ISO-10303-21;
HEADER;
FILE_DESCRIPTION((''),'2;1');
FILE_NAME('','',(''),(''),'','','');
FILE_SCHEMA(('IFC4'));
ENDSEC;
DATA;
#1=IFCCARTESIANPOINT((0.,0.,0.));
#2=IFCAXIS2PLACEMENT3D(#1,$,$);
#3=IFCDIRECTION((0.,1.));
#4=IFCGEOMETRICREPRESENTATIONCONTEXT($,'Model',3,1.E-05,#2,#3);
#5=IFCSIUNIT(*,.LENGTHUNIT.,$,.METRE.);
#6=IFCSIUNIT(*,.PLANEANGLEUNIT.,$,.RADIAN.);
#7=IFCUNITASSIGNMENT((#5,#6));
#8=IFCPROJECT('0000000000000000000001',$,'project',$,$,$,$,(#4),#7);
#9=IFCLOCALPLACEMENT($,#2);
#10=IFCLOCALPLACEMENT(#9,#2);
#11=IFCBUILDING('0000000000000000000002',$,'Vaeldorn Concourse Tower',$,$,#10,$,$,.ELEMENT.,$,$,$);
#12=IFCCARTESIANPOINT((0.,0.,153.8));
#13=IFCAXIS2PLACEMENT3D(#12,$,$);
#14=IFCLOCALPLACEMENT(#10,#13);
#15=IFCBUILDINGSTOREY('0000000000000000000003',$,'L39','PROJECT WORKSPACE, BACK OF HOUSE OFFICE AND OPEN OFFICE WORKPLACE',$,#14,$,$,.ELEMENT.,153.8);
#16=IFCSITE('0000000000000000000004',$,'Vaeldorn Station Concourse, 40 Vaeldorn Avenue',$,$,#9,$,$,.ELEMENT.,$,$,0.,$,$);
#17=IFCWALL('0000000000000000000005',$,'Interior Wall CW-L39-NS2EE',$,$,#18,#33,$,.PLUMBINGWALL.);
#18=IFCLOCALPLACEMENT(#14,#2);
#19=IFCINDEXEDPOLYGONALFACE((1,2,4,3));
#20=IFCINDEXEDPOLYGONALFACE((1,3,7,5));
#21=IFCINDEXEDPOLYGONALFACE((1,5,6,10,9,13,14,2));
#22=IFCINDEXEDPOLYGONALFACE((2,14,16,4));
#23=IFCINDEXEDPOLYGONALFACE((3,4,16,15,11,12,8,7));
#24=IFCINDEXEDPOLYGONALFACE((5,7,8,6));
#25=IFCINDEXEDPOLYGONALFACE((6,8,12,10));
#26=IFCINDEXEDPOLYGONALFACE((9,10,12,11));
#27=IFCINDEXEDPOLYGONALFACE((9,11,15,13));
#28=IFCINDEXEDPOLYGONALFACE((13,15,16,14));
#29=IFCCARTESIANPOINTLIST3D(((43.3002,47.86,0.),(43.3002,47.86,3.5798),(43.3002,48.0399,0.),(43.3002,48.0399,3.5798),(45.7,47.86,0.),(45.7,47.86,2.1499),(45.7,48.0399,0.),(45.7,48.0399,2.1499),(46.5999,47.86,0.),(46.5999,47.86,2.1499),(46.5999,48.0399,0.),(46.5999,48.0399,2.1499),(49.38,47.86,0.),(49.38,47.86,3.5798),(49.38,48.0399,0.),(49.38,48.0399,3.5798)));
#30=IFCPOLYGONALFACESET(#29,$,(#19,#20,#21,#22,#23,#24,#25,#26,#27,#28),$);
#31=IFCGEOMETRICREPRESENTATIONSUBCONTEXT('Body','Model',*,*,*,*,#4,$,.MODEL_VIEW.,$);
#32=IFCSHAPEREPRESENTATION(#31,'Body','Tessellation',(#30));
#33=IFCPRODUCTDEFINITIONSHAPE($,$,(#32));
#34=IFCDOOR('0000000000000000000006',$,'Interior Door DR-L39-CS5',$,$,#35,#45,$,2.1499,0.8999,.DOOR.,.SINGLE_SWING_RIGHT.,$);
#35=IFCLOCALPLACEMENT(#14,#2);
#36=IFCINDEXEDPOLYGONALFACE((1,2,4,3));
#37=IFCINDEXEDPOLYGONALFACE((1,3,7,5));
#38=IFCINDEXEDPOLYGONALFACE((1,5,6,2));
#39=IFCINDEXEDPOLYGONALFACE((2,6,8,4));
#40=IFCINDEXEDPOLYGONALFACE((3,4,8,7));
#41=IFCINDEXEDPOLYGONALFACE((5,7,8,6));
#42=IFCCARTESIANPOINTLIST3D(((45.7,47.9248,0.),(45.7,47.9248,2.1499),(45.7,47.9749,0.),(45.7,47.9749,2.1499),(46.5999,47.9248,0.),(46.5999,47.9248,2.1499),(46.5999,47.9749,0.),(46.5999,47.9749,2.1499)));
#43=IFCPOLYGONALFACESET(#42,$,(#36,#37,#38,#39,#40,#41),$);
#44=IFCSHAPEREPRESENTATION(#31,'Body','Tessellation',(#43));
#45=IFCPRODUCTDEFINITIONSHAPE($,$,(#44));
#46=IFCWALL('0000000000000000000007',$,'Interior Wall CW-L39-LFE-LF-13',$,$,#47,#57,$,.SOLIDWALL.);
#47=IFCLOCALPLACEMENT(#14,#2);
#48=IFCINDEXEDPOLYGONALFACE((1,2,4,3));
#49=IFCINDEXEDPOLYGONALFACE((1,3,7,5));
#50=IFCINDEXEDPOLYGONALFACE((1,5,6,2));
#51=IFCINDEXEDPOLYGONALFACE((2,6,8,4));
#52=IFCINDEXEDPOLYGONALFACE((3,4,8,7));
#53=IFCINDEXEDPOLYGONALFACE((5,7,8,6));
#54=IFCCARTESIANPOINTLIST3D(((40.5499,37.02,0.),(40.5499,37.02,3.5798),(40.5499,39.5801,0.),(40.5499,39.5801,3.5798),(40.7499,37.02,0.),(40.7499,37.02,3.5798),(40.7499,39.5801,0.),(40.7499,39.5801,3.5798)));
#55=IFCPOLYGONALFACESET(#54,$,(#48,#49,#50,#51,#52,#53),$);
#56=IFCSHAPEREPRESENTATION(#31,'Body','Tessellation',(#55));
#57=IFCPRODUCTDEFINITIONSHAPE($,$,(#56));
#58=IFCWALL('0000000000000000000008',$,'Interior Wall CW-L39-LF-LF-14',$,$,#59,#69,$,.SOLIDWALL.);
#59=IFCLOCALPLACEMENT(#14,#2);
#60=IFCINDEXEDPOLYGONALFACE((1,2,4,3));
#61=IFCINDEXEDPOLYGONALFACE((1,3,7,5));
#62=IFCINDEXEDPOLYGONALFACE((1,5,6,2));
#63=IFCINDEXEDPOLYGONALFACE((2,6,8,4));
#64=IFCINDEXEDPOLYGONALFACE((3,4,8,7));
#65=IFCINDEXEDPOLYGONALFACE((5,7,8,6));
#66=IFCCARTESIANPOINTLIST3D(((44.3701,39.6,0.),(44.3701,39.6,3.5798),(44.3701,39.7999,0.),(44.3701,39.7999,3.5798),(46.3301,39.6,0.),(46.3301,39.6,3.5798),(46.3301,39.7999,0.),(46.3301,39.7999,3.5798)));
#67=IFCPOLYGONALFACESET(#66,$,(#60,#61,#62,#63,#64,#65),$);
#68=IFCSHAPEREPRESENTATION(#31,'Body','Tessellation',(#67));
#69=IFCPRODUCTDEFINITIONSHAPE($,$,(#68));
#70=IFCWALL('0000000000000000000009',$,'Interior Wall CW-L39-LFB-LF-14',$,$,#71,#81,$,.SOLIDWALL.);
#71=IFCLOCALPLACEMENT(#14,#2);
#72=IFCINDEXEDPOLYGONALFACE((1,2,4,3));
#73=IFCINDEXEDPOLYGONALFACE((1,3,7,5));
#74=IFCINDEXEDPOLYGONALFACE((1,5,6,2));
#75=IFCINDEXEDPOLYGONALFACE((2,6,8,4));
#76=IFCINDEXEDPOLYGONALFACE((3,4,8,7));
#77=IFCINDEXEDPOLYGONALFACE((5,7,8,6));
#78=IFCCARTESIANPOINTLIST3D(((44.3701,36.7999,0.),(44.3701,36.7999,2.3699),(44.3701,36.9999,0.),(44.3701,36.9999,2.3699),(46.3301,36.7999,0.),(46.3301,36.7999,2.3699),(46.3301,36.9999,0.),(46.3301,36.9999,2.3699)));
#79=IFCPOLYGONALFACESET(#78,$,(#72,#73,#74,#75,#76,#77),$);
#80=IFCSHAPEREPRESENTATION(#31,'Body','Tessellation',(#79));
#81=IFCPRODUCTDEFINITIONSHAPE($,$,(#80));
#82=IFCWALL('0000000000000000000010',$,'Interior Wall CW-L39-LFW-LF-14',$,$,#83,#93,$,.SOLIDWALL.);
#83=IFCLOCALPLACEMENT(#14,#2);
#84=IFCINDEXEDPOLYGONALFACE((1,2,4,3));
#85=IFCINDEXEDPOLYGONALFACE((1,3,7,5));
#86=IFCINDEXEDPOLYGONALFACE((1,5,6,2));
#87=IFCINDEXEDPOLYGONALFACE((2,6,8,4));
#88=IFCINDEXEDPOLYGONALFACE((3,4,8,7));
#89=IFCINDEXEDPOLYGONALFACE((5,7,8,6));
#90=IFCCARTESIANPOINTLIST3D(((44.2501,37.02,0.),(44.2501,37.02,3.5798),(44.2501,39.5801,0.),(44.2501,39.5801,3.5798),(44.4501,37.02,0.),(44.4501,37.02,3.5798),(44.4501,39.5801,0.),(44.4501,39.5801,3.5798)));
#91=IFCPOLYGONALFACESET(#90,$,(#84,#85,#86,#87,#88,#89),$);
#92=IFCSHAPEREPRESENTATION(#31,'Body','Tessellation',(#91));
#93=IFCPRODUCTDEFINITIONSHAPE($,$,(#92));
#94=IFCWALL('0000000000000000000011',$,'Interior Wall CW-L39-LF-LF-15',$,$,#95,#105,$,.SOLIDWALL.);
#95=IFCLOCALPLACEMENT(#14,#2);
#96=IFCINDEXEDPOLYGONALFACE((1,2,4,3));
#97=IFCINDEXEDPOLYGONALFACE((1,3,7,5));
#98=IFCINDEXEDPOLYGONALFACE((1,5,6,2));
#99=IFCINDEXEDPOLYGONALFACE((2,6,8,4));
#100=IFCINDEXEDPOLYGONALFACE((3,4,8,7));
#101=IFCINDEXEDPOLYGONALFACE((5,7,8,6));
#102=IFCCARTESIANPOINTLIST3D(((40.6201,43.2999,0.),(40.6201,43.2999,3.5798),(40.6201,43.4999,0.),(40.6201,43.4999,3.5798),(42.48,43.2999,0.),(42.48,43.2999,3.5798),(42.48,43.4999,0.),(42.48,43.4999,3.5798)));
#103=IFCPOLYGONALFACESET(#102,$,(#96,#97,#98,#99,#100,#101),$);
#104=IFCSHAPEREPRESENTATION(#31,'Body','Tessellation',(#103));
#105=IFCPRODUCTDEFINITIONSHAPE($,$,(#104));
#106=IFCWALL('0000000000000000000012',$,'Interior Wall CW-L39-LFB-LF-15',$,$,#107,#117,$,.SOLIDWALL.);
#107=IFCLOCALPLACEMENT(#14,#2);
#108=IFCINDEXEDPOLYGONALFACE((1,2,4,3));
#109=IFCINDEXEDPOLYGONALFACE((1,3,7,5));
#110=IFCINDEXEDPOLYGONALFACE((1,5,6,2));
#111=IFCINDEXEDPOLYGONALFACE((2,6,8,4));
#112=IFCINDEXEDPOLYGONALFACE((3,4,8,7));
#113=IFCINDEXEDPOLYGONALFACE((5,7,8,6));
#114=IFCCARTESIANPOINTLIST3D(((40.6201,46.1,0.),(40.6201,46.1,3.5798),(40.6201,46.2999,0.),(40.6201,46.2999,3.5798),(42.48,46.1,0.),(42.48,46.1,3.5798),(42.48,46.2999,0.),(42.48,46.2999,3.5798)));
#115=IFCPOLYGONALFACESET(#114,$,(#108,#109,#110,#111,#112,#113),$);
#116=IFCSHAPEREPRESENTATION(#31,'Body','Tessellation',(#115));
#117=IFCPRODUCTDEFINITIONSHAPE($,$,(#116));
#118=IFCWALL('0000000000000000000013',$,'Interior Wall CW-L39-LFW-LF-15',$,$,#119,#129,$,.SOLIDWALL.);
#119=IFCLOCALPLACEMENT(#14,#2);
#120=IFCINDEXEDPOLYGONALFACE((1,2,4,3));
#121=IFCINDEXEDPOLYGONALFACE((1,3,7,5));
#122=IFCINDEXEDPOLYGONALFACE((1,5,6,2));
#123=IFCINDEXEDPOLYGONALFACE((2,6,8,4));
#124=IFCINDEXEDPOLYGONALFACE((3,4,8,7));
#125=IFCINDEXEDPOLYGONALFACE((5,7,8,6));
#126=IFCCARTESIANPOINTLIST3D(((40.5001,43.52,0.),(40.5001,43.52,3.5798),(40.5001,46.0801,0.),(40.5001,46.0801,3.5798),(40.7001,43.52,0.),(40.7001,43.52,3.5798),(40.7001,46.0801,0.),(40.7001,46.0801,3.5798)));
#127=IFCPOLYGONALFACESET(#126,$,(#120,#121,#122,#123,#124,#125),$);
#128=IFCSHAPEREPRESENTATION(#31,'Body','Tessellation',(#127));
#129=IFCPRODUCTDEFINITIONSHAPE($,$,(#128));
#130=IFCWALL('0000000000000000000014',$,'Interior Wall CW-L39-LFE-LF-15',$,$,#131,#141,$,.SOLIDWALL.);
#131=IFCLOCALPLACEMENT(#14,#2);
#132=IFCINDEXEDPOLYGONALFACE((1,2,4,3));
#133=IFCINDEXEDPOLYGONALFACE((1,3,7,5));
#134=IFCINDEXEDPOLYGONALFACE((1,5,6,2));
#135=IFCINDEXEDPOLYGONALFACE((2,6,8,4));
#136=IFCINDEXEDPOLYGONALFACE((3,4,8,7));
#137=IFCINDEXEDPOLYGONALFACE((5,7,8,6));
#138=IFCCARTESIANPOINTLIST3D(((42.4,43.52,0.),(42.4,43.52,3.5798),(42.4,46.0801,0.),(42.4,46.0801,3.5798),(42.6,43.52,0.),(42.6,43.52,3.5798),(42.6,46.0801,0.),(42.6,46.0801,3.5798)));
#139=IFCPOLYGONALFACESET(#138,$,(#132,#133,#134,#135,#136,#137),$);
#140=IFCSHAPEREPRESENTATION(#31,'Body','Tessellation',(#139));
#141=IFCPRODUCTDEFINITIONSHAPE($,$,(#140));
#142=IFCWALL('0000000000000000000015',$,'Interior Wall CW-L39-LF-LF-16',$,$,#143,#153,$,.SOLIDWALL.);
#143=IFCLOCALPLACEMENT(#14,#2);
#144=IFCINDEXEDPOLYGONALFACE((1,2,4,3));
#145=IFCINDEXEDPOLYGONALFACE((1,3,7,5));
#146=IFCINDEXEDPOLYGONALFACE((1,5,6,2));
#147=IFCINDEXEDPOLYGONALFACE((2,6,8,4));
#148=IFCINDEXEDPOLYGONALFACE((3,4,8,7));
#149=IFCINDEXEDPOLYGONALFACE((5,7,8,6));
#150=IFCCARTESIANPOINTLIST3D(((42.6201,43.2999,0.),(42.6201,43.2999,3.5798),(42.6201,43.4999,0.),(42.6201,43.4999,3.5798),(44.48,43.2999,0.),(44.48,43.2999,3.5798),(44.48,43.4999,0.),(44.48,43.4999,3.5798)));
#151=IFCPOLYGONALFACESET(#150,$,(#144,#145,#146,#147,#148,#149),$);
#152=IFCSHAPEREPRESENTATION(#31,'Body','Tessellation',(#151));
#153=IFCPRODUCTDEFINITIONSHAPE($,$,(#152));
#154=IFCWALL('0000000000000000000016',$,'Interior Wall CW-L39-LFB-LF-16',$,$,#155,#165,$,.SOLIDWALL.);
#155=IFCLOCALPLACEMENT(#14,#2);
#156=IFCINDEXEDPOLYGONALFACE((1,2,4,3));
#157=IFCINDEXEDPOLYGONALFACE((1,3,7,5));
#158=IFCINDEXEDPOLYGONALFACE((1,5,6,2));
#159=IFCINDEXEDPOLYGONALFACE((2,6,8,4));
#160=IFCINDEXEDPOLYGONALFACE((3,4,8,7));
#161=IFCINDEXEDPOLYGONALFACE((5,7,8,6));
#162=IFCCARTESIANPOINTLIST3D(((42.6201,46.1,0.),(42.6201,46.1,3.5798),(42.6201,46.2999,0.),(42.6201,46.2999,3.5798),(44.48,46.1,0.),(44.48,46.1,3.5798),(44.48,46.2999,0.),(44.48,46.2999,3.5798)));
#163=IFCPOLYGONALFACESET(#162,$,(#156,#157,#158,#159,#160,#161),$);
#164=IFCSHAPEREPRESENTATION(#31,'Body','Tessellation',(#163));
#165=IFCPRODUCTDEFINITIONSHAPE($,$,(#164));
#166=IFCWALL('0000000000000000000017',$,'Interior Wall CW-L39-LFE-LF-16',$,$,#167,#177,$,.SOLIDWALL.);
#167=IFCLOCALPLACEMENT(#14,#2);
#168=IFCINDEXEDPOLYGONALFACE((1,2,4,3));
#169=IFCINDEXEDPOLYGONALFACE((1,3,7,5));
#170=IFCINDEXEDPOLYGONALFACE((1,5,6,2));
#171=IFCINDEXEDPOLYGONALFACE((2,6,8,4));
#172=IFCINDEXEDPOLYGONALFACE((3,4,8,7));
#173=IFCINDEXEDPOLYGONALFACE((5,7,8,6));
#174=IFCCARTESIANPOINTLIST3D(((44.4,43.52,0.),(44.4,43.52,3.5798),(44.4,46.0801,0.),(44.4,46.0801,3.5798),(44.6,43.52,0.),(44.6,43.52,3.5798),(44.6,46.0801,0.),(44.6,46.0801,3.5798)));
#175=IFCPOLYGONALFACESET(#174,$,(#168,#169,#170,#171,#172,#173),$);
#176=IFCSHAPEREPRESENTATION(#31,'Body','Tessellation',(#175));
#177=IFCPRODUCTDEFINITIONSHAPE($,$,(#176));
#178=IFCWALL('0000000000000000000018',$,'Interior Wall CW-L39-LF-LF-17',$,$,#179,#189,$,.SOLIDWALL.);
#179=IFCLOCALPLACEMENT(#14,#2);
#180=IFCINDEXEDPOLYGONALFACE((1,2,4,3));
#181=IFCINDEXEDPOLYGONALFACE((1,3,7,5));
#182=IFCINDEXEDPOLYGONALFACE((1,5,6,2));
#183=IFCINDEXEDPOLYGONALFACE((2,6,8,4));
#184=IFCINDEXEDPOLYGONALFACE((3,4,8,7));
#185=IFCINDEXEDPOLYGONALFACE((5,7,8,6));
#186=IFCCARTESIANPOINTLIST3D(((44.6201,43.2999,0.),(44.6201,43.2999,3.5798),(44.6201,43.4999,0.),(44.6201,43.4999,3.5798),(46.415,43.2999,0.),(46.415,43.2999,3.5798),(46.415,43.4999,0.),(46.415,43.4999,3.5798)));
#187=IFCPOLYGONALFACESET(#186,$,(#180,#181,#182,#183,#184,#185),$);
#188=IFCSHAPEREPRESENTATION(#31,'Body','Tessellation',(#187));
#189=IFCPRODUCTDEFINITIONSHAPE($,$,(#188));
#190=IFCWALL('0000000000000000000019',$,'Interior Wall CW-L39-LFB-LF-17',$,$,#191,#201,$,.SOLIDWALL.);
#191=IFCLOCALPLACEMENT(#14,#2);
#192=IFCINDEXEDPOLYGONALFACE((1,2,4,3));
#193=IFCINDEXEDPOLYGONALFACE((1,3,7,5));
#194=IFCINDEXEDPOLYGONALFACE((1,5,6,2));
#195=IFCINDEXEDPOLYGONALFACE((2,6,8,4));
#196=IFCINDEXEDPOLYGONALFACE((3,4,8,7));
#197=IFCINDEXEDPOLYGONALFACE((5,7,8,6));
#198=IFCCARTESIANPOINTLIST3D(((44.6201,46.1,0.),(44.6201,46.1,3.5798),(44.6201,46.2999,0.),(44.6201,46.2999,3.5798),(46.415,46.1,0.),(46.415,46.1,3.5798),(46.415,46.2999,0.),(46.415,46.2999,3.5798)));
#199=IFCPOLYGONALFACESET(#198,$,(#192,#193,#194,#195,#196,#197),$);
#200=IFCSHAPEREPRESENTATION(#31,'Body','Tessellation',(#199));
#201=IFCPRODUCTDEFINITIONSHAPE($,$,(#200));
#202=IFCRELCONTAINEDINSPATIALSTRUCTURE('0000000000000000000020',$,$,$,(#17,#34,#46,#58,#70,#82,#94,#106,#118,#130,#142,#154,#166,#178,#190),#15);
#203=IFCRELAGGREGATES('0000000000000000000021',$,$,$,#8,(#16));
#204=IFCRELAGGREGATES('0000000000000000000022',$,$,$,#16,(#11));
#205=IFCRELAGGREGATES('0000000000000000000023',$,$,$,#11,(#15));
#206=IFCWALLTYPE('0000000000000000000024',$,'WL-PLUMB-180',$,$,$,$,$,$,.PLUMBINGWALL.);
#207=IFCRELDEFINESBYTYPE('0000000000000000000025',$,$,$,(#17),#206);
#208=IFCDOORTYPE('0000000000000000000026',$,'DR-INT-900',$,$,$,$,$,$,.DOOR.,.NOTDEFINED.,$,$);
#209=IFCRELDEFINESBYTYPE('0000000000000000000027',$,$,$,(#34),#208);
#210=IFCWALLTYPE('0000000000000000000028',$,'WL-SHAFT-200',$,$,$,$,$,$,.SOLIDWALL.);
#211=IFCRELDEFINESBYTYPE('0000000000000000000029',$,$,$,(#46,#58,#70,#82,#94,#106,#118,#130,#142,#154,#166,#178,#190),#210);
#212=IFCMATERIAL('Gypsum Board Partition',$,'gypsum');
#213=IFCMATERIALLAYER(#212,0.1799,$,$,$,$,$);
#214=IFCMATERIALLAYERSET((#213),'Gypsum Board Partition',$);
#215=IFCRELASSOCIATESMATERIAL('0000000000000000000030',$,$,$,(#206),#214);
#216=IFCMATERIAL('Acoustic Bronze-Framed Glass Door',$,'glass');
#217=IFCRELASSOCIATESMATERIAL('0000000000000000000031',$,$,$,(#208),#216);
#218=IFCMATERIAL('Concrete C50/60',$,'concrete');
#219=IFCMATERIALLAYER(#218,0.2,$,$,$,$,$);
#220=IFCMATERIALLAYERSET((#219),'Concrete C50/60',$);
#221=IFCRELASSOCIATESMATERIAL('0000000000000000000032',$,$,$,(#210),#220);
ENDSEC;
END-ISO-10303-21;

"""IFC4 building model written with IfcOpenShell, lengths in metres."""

from ifc_helpers import new_model, si_unit, direction, frame, frame_2d, origin, place, context, subcontext, project, spatial, rectangle, extrude, source, transform, mapped, material, layer, layer_set, type_object, element, fill, save


model = new_model("IFC4")

# Units and contexts
model_context = context("Model", 3, precision=1e-05, world=origin(), true_north=direction((0.0, 1.0)))
body_context = subcontext(model_context, "Body", "Model", "MODEL_VIEW")
ifc_project = project(units=[si_unit("LENGTHUNIT", "METRE"), si_unit("PLANEANGLEUNIT", "RADIAN")], contexts=[model_context])

# Site, building, storey
site_placement = place(None, origin())
site = spatial("IfcSite", under=ifc_project, at=site_placement, Name="Vaeldorn Station Concourse, 40 Vaeldorn Avenue", CompositionType="ELEMENT", RefElevation=0.0)
building_placement = place(site_placement, origin())
building = spatial("IfcBuilding", under=site, at=building_placement, Name="Vaeldorn Concourse Tower", CompositionType="ELEMENT")
storey_placement = place(building_placement, frame((0.0, 0.0, 153.8)))
storey = spatial("IfcBuildingStorey", under=building, at=storey_placement, Name="L39", Description="PROJECT WORKSPACE, BACK OF HOUSE OFFICE AND OPEN OFFICE WORKPLACE", CompositionType="ELEMENT", Elevation=153.8)

# Shared definitions
ifc_material_1 = material(Name="Gypsum Board Partition", Category="gypsum")
ifc_layer_1 = layer(ifc_material_1, 0.1799)
ifc_layer_set_1 = layer_set([ifc_layer_1], Name="Gypsum Board Partition")
wall_type_1 = type_object("IfcWallType", Name="WL-PLUMB-180", PredefinedType="PLUMBINGWALL", material=ifc_layer_set_1)

# Wall, opening, door
wall_1_placement = place(storey_placement, frame((43.3, 47.95, 0.0), z_axis=(0.0, 0.0, 1.0), x_axis=(1.0, 0.0, 0.0)))
wall_1 = element("IfcWall", 1, at=wall_1_placement, inside=storey, type_object=wall_type_1, Name="Interior Wall CW-L39-NS2EE", PredefinedType="PLUMBINGWALL", context=body_context, shape_type="SweptSolid", body=[
    extrude(rectangle(XDim=6.0798, YDim=0.1799, at=frame_2d((3.04, 0.0))), origin(), (0.0, 0.0, 1.0), 3.5798),
])
opening_1_placement = place(wall_1_placement, frame((2.3999, 0.0, 0.0)))
opening_1 = element("IfcOpeningElement", 2, at=opening_1_placement, cuts=wall_1, PredefinedType="OPENING", context=body_context, shape_type="SweptSolid", body=[
    extrude(rectangle(XDim=0.8999, YDim=2.1499, at=frame_2d((0.45, 1.075))), frame((0.0, 0.1001, 0.0), z_axis=(0.0, -1.0, 0.0), x_axis=(1.0, 0.0, 0.0)), (0.0, 0.0, 1.0), 0.2),
])
ifc_material_2 = material(Name="Acoustic Bronze-Framed Glass Door", Category="glass")
door_type_1 = type_object("IfcDoorType", Name="DR-INT-900", OperationType="NOTDEFINED", PredefinedType="DOOR", material=ifc_material_2)
shared_shape_1 = source(origin(), body_context, "Body", "SweptSolid", [
    extrude(rectangle(XDim=0.8999, YDim=2.1499, at=frame_2d((0.45, 1.075))), frame((0.0, 0.0249, 0.0), z_axis=(0.0, -1.0, 0.0), x_axis=(1.0, 0.0, 0.0)), (0.0, 0.0, 1.0), 0.05),
])
door_1_placement = place(opening_1_placement, origin())
door_1 = element("IfcDoor", 3, at=door_1_placement, inside=storey, type_object=door_type_1, Name="Interior Door DR-L39-CS5", OperationType="SINGLE_SWING_RIGHT", OverallHeight=2.1499, OverallWidth=0.8999, PredefinedType="DOOR", context=body_context, shape_type="MappedRepresentation", body=[
    mapped(shared_shape_1, transform((0.0, 0.0, 0.0), scale=1.0)),
])
fill(opening_1, door_1)

# Walls
ifc_material_3 = material(Name="Concrete C50/60", Category="concrete")
ifc_layer_2 = layer(ifc_material_3, 0.2)
ifc_layer_set_2 = layer_set([ifc_layer_2], Name="Concrete C50/60")
wall_type_2 = type_object("IfcWallType", Name="WL-SHAFT-200", PredefinedType="SOLIDWALL", material=ifc_layer_set_2)
wall_2_placement = place(storey_placement, frame((40.6499, 37.02, 0.0), z_axis=(0.0, 0.0, 1.0), x_axis=(0.0, 1.0, 0.0)))
element("IfcWall", 4, at=wall_2_placement, inside=storey, type_object=wall_type_2, Name="Interior Wall CW-L39-LFE-LF-13", PredefinedType="SOLIDWALL", context=body_context, shape_type="SweptSolid", body=[
    extrude(rectangle(XDim=2.5601, YDim=0.2, at=frame_2d((1.28, 0.0))), origin(), (0.0, 0.0, 1.0), 3.5798),
])
wall_3_placement = place(storey_placement, frame((44.3701, 39.7, 0.0), z_axis=(0.0, 0.0, 1.0), x_axis=(1.0, 0.0, 0.0)))
element("IfcWall", 5, at=wall_3_placement, inside=storey, type_object=wall_type_2, Name="Interior Wall CW-L39-LF-LF-14", PredefinedType="SOLIDWALL", context=body_context, shape_type="SweptSolid", body=[
    extrude(rectangle(XDim=1.96, YDim=0.2, at=frame_2d((0.98, 0.0))), origin(), (0.0, 0.0, 1.0), 3.5798),
])
wall_4_placement = place(storey_placement, frame((44.3701, 36.8999, 0.0), z_axis=(0.0, 0.0, 1.0), x_axis=(1.0, 0.0, 0.0)))
element("IfcWall", 6, at=wall_4_placement, inside=storey, type_object=wall_type_2, Name="Interior Wall CW-L39-LFB-LF-14", PredefinedType="SOLIDWALL", context=body_context, shape_type="SweptSolid", body=[
    extrude(rectangle(XDim=1.96, YDim=0.2, at=frame_2d((0.98, 0.0))), origin(), (0.0, 0.0, 1.0), 2.3699),
])
wall_5_placement = place(storey_placement, frame((44.3501, 37.02, 0.0), z_axis=(0.0, 0.0, 1.0), x_axis=(0.0, 1.0, 0.0)))
element("IfcWall", 7, at=wall_5_placement, inside=storey, type_object=wall_type_2, Name="Interior Wall CW-L39-LFW-LF-14", PredefinedType="SOLIDWALL", context=body_context, shape_type="SweptSolid", body=[
    extrude(rectangle(XDim=2.5601, YDim=0.2, at=frame_2d((1.28, 0.0))), origin(), (0.0, 0.0, 1.0), 3.5798),
])
for number, where, z_axis, x_axis, name in (
    (8, (40.6201, 43.3999, 0.0), (0.0, 0.0, 1.0), (1.0, 0.0, 0.0), "Interior Wall CW-L39-LF-LF-15"),
    (9, (40.6201, 46.2, 0.0), (0.0, 0.0, 1.0), (1.0, 0.0, 0.0), "Interior Wall CW-L39-LFB-LF-15"),
):
    element("IfcWall", number, at=place(storey_placement, frame(where, z_axis=z_axis, x_axis=x_axis)), inside=storey, type_object=wall_type_2, Name=name, PredefinedType="SOLIDWALL", context=body_context, shape_type="SweptSolid", body=[
        extrude(rectangle(XDim=1.8599, YDim=0.2, at=frame_2d((0.9299, 0.0))), origin(), (0.0, 0.0, 1.0), 3.5798),
    ])
for number, where, z_axis, x_axis, name in (
    (10, (40.6001, 43.52, 0.0), (0.0, 0.0, 1.0), (0.0, 1.0, 0.0), "Interior Wall CW-L39-LFW-LF-15"),
    (11, (42.5, 43.52, 0.0), (0.0, 0.0, 1.0), (0.0, 1.0, 0.0), "Interior Wall CW-L39-LFE-LF-15"),
):
    element("IfcWall", number, at=place(storey_placement, frame(where, z_axis=z_axis, x_axis=x_axis)), inside=storey, type_object=wall_type_2, Name=name, PredefinedType="SOLIDWALL", context=body_context, shape_type="SweptSolid", body=[
        extrude(rectangle(XDim=2.5601, YDim=0.2, at=frame_2d((1.28, 0.0))), origin(), (0.0, 0.0, 1.0), 3.5798),
    ])
for number, where, z_axis, x_axis, name in (
    (12, (42.6201, 43.3999, 0.0), (0.0, 0.0, 1.0), (1.0, 0.0, 0.0), "Interior Wall CW-L39-LF-LF-16"),
    (13, (42.6201, 46.2, 0.0), (0.0, 0.0, 1.0), (1.0, 0.0, 0.0), "Interior Wall CW-L39-LFB-LF-16"),
):
    element("IfcWall", number, at=place(storey_placement, frame(where, z_axis=z_axis, x_axis=x_axis)), inside=storey, type_object=wall_type_2, Name=name, PredefinedType="SOLIDWALL", context=body_context, shape_type="SweptSolid", body=[
        extrude(rectangle(XDim=1.8599, YDim=0.2, at=frame_2d((0.9299, 0.0))), origin(), (0.0, 0.0, 1.0), 3.5798),
    ])
wall_6_placement = place(storey_placement, frame((44.5, 43.52, 0.0), z_axis=(0.0, 0.0, 1.0), x_axis=(0.0, 1.0, 0.0)))
element("IfcWall", 14, at=wall_6_placement, inside=storey, type_object=wall_type_2, Name="Interior Wall CW-L39-LFE-LF-16", PredefinedType="SOLIDWALL", context=body_context, shape_type="SweptSolid", body=[
    extrude(rectangle(XDim=2.5601, YDim=0.2, at=frame_2d((1.28, 0.0))), origin(), (0.0, 0.0, 1.0), 3.5798),
])
for number, where, z_axis, x_axis, name in (
    (15, (44.6201, 43.3999, 0.0), (0.0, 0.0, 1.0), (1.0, 0.0, 0.0), "Interior Wall CW-L39-LF-LF-17"),
    (16, (44.6201, 46.2, 0.0), (0.0, 0.0, 1.0), (1.0, 0.0, 0.0), "Interior Wall CW-L39-LFB-LF-17"),
):
    element("IfcWall", number, at=place(storey_placement, frame(where, z_axis=z_axis, x_axis=x_axis)), inside=storey, type_object=wall_type_2, Name=name, PredefinedType="SOLIDWALL", context=body_context, shape_type="SweptSolid", body=[
        extrude(rectangle(XDim=1.7949, YDim=0.2, at=frame_2d((0.8975, 0.0))), origin(), (0.0, 0.0, 1.0), 3.5798),
    ])

save(model, "model.ifc")
